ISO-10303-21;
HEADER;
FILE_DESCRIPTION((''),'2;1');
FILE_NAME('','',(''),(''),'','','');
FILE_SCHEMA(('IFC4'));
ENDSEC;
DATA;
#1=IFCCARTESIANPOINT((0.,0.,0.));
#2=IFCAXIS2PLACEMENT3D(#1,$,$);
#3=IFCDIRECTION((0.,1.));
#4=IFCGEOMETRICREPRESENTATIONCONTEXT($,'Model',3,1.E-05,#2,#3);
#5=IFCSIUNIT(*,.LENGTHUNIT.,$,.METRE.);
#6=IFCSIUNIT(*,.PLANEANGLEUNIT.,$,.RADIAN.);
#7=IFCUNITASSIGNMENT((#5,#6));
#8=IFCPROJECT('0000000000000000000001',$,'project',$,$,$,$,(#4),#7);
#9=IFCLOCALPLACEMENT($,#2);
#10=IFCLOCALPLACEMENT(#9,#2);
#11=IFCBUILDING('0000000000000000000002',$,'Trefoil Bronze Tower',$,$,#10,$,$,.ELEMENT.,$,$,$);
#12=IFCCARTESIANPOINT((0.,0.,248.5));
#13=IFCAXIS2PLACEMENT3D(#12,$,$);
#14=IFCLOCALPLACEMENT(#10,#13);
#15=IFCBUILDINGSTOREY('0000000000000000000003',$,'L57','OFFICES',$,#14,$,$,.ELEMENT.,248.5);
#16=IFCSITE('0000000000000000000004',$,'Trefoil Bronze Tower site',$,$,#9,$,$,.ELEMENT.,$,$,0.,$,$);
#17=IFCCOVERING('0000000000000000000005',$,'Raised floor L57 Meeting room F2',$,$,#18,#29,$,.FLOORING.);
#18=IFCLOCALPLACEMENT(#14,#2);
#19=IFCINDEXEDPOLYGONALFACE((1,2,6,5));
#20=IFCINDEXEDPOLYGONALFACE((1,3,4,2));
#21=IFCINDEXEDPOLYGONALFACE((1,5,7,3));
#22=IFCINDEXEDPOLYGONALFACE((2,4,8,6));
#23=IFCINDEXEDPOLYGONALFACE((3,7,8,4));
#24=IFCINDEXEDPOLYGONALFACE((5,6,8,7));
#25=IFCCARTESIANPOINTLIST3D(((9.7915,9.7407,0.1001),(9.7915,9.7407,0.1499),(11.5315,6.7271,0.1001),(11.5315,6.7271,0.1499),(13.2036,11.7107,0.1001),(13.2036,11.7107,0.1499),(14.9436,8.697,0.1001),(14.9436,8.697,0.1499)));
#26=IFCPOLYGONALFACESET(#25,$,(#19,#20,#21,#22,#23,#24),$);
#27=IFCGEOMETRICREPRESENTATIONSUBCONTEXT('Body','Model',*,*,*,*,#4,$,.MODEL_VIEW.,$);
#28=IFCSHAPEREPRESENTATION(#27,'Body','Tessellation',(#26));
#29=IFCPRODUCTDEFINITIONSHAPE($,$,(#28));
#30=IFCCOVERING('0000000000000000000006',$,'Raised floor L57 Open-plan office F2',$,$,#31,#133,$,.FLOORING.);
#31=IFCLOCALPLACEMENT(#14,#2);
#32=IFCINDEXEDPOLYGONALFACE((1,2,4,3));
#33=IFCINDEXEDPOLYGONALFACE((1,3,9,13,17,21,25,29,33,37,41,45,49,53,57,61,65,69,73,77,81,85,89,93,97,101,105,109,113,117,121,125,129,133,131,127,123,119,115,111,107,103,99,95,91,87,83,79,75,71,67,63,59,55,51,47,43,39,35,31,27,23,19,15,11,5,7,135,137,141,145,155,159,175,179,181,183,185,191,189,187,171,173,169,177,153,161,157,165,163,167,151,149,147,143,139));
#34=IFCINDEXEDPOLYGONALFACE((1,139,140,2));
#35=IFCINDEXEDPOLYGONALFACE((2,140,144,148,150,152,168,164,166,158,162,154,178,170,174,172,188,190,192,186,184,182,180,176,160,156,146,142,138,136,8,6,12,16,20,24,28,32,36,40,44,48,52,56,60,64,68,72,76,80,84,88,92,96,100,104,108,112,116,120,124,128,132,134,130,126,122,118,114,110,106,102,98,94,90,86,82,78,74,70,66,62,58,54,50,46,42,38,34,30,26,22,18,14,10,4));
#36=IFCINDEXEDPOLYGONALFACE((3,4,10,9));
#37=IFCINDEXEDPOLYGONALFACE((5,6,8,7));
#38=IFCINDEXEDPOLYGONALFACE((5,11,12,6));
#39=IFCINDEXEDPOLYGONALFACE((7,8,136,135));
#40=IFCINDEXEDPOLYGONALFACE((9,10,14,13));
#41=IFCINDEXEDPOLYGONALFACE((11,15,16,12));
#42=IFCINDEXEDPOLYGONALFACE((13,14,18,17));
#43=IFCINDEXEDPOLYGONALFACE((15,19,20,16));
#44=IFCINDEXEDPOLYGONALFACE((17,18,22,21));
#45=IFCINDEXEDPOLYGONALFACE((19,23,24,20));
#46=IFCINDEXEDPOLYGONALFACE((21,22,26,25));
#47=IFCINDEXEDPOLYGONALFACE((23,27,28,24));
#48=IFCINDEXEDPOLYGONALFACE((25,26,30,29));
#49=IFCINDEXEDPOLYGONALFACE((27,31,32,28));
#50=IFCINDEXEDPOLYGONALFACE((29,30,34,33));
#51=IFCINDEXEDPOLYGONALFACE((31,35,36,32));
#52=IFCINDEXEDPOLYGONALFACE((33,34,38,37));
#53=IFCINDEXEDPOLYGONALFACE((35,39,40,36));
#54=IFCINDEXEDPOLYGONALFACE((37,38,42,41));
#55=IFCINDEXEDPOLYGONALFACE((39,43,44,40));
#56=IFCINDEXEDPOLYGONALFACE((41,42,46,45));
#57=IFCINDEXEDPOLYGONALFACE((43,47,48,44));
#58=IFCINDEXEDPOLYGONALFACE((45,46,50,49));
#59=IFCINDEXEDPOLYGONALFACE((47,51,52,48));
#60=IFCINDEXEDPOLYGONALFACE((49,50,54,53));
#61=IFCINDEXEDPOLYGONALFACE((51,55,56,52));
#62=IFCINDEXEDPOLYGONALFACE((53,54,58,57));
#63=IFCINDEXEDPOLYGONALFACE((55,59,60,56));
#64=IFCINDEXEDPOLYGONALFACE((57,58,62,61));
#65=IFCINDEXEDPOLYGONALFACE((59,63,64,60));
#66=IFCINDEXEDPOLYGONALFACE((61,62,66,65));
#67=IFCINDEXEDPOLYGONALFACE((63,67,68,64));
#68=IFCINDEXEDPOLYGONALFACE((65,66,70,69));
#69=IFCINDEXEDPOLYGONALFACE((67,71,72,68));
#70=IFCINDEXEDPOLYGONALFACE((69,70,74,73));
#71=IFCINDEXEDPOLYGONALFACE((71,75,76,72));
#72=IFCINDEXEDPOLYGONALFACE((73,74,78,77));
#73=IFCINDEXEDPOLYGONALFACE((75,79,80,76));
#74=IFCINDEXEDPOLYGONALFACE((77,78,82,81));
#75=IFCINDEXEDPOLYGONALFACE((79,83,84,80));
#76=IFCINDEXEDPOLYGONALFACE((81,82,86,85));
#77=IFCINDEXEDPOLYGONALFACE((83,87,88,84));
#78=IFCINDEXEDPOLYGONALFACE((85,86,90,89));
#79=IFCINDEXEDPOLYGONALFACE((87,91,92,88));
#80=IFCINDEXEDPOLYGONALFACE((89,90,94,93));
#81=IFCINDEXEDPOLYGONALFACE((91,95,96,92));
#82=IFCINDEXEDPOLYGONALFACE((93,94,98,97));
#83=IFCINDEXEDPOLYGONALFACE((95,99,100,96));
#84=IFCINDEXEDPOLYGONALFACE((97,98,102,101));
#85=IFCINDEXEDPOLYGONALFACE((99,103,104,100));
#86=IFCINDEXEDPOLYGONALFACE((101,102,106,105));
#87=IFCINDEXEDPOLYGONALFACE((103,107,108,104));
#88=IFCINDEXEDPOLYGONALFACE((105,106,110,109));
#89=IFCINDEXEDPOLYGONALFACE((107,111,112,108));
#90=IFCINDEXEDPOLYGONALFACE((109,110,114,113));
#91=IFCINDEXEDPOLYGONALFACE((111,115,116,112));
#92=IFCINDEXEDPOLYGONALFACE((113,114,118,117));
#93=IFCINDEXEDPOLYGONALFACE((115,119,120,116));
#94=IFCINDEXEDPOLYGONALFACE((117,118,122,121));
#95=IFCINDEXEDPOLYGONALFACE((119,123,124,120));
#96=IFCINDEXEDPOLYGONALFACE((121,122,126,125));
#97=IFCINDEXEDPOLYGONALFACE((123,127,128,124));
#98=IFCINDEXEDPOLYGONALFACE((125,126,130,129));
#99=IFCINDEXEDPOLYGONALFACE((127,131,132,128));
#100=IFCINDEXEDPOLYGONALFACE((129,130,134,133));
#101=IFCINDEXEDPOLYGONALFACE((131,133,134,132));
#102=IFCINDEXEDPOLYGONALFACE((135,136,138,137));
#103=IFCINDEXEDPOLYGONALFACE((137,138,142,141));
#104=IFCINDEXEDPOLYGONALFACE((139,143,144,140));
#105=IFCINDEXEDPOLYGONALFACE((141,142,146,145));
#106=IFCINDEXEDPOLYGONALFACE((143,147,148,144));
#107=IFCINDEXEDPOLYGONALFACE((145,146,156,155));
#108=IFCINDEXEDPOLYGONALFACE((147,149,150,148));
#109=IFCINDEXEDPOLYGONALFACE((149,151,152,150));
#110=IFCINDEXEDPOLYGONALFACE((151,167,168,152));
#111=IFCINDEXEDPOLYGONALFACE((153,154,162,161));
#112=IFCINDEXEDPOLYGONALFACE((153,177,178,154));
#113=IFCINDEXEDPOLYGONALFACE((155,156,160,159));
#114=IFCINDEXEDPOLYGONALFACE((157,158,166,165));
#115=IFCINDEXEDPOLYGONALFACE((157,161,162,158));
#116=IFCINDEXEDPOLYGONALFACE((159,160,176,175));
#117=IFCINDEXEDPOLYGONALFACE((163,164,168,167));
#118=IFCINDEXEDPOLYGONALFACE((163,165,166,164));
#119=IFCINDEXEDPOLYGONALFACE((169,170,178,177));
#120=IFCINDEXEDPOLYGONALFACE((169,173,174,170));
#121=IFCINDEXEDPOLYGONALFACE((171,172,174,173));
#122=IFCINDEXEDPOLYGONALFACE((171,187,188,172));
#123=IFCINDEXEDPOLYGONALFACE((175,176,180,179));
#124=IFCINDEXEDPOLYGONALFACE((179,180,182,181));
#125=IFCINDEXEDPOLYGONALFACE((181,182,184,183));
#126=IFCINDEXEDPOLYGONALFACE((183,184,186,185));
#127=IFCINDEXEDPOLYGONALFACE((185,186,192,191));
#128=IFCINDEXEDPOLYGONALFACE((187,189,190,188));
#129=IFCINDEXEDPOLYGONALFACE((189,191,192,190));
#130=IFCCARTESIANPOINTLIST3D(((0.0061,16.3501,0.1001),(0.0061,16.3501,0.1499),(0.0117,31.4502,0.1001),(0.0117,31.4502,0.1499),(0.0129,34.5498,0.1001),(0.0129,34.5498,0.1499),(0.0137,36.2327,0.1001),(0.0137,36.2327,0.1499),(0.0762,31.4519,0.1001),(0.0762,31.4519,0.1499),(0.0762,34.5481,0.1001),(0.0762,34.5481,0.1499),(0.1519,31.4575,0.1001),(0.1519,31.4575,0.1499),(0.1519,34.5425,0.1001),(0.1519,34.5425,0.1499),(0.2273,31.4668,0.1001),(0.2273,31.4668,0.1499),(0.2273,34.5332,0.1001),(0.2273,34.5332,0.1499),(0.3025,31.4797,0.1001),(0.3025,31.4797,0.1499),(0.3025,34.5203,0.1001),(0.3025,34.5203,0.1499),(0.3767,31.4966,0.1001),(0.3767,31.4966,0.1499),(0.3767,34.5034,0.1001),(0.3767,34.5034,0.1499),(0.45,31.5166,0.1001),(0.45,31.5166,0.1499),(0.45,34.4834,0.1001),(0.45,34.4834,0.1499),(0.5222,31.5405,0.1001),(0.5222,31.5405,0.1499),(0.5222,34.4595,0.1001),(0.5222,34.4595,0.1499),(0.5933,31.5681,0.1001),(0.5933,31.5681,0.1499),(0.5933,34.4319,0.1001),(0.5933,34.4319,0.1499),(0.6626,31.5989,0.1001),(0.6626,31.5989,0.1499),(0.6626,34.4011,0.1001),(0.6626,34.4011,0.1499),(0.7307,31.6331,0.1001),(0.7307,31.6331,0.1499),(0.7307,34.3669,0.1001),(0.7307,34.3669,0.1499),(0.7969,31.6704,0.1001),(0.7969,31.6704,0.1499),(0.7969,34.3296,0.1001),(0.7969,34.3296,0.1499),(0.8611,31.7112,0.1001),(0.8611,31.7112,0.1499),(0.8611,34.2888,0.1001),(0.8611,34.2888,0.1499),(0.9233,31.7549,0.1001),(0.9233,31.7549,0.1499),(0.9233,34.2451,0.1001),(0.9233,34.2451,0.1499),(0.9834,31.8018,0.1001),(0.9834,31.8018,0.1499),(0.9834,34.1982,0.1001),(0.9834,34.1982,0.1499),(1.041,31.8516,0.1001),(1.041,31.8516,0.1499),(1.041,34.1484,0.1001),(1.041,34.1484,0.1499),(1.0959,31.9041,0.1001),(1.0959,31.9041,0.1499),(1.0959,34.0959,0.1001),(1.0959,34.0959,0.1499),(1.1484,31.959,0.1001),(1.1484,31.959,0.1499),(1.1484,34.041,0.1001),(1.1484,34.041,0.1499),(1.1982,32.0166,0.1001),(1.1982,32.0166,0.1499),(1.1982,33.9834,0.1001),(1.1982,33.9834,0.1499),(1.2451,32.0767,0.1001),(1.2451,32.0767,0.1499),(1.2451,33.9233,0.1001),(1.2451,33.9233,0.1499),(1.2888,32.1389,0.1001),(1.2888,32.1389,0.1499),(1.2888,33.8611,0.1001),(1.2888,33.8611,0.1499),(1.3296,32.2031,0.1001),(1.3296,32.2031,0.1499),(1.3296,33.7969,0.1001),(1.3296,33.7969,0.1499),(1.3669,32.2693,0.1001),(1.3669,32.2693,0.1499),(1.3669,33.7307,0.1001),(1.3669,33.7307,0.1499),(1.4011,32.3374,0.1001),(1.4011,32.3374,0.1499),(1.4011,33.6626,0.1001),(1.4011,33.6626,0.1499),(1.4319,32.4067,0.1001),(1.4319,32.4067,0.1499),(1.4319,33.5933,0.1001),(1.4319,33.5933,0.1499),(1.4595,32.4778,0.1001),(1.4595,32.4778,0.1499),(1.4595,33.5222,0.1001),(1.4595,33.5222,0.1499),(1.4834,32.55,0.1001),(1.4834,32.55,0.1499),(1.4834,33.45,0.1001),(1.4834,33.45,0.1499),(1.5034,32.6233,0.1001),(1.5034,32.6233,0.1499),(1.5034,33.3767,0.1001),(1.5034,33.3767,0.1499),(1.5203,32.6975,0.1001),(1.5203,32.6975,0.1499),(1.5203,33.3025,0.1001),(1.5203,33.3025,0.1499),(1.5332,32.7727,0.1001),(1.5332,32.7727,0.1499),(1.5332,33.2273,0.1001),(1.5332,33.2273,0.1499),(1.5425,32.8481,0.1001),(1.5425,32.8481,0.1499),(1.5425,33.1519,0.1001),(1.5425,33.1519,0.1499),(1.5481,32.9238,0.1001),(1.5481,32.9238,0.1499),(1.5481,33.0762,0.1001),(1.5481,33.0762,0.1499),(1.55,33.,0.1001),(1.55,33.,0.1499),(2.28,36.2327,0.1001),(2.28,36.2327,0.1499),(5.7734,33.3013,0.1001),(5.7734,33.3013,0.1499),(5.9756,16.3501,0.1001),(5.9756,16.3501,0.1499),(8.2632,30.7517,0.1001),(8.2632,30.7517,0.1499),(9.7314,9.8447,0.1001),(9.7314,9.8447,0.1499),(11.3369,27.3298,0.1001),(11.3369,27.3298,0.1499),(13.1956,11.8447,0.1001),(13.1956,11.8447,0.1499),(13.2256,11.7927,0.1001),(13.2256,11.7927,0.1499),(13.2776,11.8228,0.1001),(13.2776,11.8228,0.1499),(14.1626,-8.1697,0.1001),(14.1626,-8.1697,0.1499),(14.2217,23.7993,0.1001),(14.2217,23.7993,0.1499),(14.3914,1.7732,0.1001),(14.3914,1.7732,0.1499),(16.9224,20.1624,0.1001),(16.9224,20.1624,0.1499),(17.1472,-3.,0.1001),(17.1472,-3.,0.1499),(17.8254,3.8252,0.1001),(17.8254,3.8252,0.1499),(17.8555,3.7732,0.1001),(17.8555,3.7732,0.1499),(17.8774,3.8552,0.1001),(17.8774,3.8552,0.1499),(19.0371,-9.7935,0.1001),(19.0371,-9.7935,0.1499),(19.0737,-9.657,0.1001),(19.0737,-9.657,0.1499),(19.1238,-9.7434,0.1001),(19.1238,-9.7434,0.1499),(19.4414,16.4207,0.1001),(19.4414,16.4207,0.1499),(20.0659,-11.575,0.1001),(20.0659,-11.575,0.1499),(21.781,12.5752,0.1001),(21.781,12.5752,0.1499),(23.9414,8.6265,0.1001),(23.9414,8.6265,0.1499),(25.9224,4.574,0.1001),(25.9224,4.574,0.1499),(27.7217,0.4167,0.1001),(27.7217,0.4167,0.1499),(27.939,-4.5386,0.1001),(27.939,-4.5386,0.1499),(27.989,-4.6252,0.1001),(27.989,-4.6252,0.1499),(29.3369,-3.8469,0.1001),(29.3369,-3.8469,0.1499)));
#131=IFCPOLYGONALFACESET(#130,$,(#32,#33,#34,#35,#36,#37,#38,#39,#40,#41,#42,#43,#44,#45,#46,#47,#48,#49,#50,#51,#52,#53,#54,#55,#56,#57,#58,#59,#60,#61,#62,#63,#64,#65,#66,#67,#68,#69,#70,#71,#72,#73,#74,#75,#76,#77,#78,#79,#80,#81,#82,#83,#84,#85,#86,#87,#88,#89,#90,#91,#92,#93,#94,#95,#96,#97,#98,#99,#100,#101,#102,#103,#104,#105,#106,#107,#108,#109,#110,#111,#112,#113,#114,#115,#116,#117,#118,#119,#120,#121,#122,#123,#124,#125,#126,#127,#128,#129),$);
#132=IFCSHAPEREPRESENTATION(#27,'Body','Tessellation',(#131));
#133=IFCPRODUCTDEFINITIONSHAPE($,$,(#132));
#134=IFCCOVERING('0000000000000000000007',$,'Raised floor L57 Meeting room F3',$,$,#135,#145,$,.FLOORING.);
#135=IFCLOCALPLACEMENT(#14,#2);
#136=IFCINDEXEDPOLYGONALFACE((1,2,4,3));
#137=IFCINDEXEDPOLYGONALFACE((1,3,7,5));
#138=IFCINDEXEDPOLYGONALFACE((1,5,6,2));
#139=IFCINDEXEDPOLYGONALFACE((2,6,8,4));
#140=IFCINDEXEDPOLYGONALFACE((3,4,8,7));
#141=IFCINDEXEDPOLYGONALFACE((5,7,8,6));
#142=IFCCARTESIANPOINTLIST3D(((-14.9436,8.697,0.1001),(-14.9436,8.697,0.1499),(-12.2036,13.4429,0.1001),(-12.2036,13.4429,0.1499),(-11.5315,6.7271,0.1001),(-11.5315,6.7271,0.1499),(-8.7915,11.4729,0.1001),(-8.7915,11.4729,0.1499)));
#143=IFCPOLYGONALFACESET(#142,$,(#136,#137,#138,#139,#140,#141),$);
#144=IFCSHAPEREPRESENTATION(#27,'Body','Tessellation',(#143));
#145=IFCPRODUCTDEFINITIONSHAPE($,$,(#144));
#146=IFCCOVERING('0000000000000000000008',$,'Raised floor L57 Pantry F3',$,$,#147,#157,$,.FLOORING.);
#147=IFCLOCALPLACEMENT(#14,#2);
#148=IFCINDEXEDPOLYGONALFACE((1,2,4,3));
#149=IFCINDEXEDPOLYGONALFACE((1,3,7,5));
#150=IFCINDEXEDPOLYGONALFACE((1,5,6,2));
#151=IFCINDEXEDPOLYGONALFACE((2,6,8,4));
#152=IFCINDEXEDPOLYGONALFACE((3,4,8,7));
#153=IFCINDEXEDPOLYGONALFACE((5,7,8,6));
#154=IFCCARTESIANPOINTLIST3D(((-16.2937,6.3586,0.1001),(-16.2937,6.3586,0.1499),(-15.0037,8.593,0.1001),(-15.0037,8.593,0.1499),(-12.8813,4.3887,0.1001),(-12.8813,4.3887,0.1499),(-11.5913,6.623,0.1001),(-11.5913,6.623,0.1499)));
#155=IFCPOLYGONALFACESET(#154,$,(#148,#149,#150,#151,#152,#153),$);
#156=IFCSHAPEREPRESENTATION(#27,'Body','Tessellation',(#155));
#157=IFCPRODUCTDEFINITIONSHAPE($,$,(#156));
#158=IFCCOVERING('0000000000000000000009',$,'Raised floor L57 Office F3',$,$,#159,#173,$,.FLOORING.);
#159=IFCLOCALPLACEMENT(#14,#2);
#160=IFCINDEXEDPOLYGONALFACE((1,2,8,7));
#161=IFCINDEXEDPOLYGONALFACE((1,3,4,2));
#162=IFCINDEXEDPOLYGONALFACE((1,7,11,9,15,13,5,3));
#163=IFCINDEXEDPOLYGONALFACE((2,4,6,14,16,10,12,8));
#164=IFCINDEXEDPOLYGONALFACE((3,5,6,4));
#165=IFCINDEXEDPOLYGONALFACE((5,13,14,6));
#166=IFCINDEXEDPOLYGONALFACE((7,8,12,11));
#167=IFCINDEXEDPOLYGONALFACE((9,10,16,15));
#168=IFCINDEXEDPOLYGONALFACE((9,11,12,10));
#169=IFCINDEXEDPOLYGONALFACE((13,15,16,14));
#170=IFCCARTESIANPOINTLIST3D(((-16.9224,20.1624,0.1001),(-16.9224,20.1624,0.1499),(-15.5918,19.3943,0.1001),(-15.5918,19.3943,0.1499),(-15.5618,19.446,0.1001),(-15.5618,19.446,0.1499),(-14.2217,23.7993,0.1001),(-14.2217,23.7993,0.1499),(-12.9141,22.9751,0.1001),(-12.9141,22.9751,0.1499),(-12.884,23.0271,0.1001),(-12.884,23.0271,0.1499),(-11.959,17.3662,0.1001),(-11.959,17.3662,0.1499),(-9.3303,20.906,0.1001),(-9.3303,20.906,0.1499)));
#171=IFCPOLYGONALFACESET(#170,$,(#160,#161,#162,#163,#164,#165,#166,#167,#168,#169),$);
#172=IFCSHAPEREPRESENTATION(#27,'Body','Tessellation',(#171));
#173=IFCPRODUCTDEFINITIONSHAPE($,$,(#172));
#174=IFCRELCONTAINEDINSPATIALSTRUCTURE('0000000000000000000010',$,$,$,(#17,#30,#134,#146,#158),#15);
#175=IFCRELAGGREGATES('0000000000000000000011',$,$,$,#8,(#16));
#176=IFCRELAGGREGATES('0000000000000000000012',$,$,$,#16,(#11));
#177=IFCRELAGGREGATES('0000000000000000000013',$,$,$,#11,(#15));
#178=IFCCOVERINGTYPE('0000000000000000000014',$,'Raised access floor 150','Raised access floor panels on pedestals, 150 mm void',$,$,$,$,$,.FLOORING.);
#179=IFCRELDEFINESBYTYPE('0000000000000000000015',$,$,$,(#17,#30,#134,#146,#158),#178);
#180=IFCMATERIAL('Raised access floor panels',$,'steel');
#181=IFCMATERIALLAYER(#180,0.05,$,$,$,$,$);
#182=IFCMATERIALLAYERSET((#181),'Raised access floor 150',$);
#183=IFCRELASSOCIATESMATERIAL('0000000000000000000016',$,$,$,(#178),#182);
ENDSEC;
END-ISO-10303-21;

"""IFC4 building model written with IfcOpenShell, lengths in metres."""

from ifc_helpers import new_model, si_unit, direction, frame, origin, place, context, subcontext, project, spatial, polyline, outline, extrude, material, layer, layer_set, type_object, element, save


model = new_model("IFC4")

# Units and contexts
model_context = context("Model", 3, precision=1e-05, world=origin(), true_north=direction((0.0, 1.0)))
body_context = subcontext(model_context, "Body", "Model", "MODEL_VIEW")
ifc_project = project(units=[si_unit("LENGTHUNIT", "METRE"), si_unit("PLANEANGLEUNIT", "RADIAN")], contexts=[model_context])

# Site, building, storey
site_placement = place(None, origin())
site = spatial("IfcSite", under=ifc_project, at=site_placement, Name="Trefoil Bronze Tower site", CompositionType="ELEMENT", RefElevation=0.0)
building_placement = place(site_placement, origin())
building = spatial("IfcBuilding", under=site, at=building_placement, Name="Trefoil Bronze Tower", CompositionType="ELEMENT")
storey_placement = place(building_placement, frame((0.0, 0.0, 248.5)))
storey = spatial("IfcBuildingStorey", under=building, at=storey_placement, Name="L57", Description="OFFICES", CompositionType="ELEMENT", Elevation=248.5)

# Coverings
ifc_material_1 = material(Name="Raised access floor panels", Category="steel")
ifc_layer_1 = layer(ifc_material_1, 0.05)
ifc_layer_set_1 = layer_set([ifc_layer_1], Name="Raised access floor 150")
covering_type_1 = type_object("IfcCoveringType", Name="Raised access floor 150", Description="Raised access floor panels on pedestals, 150 mm void", PredefinedType="FLOORING", material=ifc_layer_set_1)
covering_1_placement = place(storey_placement, frame((0.0, 0.0, 0.1001)))
element("IfcCovering", 1, at=covering_1_placement, inside=storey, type_object=covering_type_1, Name="Raised floor L57 Meeting room F2", PredefinedType="FLOORING", context=body_context, shape_type="SweptSolid", body=[
    extrude(outline(polyline([(9.7915, 9.7407), (13.2036, 11.7107), (14.9436, 8.697), (11.5315, 6.7271), (9.7915, 9.7407)])), origin(), (0.0, 0.0, 1.0), 0.0498),
])
covering_2_placement = place(storey_placement, frame((0.0, 0.0, 0.1001)))
element("IfcCovering", 2, at=covering_2_placement, inside=storey, type_object=covering_type_1, Name="Raised floor L57 Open-plan office F2", PredefinedType="FLOORING", context=body_context, shape_type="SweptSolid", body=[
    extrude(outline(polyline([(27.7217, 0.4167), (29.3369, -3.8469), (27.989, -4.6252), (27.939, -4.5386), (19.0737, -9.657), (19.1238, -9.7434), (19.0371, -9.7935), (20.0659, -11.575), (14.1626, -8.1697), (17.1472, -3.0), (14.3914, 1.7732), (17.8555, 3.7732), (17.8254, 3.8252), (17.8774, 3.8552), (13.2776, 11.8228), (13.2256, 11.7927), (13.1956, 11.8447), (9.7314, 9.8447), (5.9756, 16.3501), (0.0061, 16.3501), (0.0117, 31.4502), (0.0762, 31.4519), (0.1519, 31.4575), (0.2273, 31.4668), (0.3025, 31.4797), (0.3767, 31.4966), (0.45, 31.5166), (0.5222, 31.5405), (0.5933, 31.5681), (0.6626, 31.5989), (0.7307, 31.6331), (0.7969, 31.6704), (0.8611, 31.7112), (0.9233, 31.7549), (0.9834, 31.8018), (1.041, 31.8516), (1.0959, 31.9041), (1.1484, 31.959), (1.1982, 32.0166), (1.2451, 32.0767), (1.2888, 32.1389), (1.3296, 32.2031), (1.3669, 32.2693), (1.4011, 32.3374), (1.4319, 32.4067), (1.4595, 32.4778), (1.4834, 32.55), (1.5034, 32.6233), (1.5203, 32.6975), (1.5332, 32.7727), (1.5425, 32.8481), (1.5481, 32.9238), (1.55, 33.0), (1.5481, 33.0762), (1.5425, 33.1519), (1.5332, 33.2273), (1.5203, 33.3025), (1.5034, 33.3767), (1.4834, 33.45), (1.4595, 33.5222), (1.4319, 33.5933), (1.4011, 33.6626), (1.3669, 33.7307), (1.3296, 33.7969), (1.2888, 33.8611), (1.2451, 33.9233), (1.1982, 33.9834), (1.1484, 34.041), (1.0959, 34.0959), (1.041, 34.1484), (0.9834, 34.1982), (0.9233, 34.2451), (0.8611, 34.2888), (0.7969, 34.3296), (0.7307, 34.3669), (0.6626, 34.4011), (0.5933, 34.4319), (0.5222, 34.4595), (0.45, 34.4834), (0.3767, 34.5034), (0.3025, 34.5203), (0.2273, 34.5332), (0.1519, 34.5425), (0.0762, 34.5481), (0.0129, 34.5498), (0.0137, 36.2327), (2.28, 36.2327), (5.7734, 33.3013), (8.2632, 30.7517), (11.3369, 27.3298), (14.2217, 23.7993), (16.9224, 20.1624), (19.4414, 16.4207), (21.781, 12.5752), (23.9414, 8.6265), (25.9224, 4.574), (27.7217, 0.4167)])), origin(), (0.0, 0.0, 1.0), 0.0498),
])
covering_3_placement = place(storey_placement, frame((0.0, 0.0, 0.1001)))
element("IfcCovering", 3, at=covering_3_placement, inside=storey, type_object=covering_type_1, Name="Raised floor L57 Meeting room F3", PredefinedType="FLOORING", context=body_context, shape_type="SweptSolid", body=[
    extrude(outline(polyline([(-11.5315, 6.7271), (-14.9436, 8.697), (-12.2036, 13.4429), (-8.7915, 11.4729), (-11.5315, 6.7271)])), origin(), (0.0, 0.0, 1.0), 0.0498),
])
covering_4_placement = place(storey_placement, frame((0.0, 0.0, 0.1001)))
element("IfcCovering", 4, at=covering_4_placement, inside=storey, type_object=covering_type_1, Name="Raised floor L57 Pantry F3", PredefinedType="FLOORING", context=body_context, shape_type="SweptSolid", body=[
    extrude(outline(polyline([(-12.8813, 4.3887), (-16.2937, 6.3586), (-15.0037, 8.593), (-11.5913, 6.623), (-12.8813, 4.3887)])), origin(), (0.0, 0.0, 1.0), 0.0498),
])
covering_5_placement = place(storey_placement, frame((0.0, 0.0, 0.1001)))
element("IfcCovering", 5, at=covering_5_placement, inside=storey, type_object=covering_type_1, Name="Raised floor L57 Office F3", PredefinedType="FLOORING", context=body_context, shape_type="SweptSolid", body=[
    extrude(outline(polyline([(-14.2217, 23.7993), (-12.884, 23.0271), (-12.9141, 22.9751), (-9.3303, 20.906), (-11.959, 17.3662), (-15.5618, 19.446), (-15.5918, 19.3943), (-16.9224, 20.1624), (-14.2217, 23.7993)])), origin(), (0.0, 0.0, 1.0), 0.0498),
])

save(model, "model.ifc")
